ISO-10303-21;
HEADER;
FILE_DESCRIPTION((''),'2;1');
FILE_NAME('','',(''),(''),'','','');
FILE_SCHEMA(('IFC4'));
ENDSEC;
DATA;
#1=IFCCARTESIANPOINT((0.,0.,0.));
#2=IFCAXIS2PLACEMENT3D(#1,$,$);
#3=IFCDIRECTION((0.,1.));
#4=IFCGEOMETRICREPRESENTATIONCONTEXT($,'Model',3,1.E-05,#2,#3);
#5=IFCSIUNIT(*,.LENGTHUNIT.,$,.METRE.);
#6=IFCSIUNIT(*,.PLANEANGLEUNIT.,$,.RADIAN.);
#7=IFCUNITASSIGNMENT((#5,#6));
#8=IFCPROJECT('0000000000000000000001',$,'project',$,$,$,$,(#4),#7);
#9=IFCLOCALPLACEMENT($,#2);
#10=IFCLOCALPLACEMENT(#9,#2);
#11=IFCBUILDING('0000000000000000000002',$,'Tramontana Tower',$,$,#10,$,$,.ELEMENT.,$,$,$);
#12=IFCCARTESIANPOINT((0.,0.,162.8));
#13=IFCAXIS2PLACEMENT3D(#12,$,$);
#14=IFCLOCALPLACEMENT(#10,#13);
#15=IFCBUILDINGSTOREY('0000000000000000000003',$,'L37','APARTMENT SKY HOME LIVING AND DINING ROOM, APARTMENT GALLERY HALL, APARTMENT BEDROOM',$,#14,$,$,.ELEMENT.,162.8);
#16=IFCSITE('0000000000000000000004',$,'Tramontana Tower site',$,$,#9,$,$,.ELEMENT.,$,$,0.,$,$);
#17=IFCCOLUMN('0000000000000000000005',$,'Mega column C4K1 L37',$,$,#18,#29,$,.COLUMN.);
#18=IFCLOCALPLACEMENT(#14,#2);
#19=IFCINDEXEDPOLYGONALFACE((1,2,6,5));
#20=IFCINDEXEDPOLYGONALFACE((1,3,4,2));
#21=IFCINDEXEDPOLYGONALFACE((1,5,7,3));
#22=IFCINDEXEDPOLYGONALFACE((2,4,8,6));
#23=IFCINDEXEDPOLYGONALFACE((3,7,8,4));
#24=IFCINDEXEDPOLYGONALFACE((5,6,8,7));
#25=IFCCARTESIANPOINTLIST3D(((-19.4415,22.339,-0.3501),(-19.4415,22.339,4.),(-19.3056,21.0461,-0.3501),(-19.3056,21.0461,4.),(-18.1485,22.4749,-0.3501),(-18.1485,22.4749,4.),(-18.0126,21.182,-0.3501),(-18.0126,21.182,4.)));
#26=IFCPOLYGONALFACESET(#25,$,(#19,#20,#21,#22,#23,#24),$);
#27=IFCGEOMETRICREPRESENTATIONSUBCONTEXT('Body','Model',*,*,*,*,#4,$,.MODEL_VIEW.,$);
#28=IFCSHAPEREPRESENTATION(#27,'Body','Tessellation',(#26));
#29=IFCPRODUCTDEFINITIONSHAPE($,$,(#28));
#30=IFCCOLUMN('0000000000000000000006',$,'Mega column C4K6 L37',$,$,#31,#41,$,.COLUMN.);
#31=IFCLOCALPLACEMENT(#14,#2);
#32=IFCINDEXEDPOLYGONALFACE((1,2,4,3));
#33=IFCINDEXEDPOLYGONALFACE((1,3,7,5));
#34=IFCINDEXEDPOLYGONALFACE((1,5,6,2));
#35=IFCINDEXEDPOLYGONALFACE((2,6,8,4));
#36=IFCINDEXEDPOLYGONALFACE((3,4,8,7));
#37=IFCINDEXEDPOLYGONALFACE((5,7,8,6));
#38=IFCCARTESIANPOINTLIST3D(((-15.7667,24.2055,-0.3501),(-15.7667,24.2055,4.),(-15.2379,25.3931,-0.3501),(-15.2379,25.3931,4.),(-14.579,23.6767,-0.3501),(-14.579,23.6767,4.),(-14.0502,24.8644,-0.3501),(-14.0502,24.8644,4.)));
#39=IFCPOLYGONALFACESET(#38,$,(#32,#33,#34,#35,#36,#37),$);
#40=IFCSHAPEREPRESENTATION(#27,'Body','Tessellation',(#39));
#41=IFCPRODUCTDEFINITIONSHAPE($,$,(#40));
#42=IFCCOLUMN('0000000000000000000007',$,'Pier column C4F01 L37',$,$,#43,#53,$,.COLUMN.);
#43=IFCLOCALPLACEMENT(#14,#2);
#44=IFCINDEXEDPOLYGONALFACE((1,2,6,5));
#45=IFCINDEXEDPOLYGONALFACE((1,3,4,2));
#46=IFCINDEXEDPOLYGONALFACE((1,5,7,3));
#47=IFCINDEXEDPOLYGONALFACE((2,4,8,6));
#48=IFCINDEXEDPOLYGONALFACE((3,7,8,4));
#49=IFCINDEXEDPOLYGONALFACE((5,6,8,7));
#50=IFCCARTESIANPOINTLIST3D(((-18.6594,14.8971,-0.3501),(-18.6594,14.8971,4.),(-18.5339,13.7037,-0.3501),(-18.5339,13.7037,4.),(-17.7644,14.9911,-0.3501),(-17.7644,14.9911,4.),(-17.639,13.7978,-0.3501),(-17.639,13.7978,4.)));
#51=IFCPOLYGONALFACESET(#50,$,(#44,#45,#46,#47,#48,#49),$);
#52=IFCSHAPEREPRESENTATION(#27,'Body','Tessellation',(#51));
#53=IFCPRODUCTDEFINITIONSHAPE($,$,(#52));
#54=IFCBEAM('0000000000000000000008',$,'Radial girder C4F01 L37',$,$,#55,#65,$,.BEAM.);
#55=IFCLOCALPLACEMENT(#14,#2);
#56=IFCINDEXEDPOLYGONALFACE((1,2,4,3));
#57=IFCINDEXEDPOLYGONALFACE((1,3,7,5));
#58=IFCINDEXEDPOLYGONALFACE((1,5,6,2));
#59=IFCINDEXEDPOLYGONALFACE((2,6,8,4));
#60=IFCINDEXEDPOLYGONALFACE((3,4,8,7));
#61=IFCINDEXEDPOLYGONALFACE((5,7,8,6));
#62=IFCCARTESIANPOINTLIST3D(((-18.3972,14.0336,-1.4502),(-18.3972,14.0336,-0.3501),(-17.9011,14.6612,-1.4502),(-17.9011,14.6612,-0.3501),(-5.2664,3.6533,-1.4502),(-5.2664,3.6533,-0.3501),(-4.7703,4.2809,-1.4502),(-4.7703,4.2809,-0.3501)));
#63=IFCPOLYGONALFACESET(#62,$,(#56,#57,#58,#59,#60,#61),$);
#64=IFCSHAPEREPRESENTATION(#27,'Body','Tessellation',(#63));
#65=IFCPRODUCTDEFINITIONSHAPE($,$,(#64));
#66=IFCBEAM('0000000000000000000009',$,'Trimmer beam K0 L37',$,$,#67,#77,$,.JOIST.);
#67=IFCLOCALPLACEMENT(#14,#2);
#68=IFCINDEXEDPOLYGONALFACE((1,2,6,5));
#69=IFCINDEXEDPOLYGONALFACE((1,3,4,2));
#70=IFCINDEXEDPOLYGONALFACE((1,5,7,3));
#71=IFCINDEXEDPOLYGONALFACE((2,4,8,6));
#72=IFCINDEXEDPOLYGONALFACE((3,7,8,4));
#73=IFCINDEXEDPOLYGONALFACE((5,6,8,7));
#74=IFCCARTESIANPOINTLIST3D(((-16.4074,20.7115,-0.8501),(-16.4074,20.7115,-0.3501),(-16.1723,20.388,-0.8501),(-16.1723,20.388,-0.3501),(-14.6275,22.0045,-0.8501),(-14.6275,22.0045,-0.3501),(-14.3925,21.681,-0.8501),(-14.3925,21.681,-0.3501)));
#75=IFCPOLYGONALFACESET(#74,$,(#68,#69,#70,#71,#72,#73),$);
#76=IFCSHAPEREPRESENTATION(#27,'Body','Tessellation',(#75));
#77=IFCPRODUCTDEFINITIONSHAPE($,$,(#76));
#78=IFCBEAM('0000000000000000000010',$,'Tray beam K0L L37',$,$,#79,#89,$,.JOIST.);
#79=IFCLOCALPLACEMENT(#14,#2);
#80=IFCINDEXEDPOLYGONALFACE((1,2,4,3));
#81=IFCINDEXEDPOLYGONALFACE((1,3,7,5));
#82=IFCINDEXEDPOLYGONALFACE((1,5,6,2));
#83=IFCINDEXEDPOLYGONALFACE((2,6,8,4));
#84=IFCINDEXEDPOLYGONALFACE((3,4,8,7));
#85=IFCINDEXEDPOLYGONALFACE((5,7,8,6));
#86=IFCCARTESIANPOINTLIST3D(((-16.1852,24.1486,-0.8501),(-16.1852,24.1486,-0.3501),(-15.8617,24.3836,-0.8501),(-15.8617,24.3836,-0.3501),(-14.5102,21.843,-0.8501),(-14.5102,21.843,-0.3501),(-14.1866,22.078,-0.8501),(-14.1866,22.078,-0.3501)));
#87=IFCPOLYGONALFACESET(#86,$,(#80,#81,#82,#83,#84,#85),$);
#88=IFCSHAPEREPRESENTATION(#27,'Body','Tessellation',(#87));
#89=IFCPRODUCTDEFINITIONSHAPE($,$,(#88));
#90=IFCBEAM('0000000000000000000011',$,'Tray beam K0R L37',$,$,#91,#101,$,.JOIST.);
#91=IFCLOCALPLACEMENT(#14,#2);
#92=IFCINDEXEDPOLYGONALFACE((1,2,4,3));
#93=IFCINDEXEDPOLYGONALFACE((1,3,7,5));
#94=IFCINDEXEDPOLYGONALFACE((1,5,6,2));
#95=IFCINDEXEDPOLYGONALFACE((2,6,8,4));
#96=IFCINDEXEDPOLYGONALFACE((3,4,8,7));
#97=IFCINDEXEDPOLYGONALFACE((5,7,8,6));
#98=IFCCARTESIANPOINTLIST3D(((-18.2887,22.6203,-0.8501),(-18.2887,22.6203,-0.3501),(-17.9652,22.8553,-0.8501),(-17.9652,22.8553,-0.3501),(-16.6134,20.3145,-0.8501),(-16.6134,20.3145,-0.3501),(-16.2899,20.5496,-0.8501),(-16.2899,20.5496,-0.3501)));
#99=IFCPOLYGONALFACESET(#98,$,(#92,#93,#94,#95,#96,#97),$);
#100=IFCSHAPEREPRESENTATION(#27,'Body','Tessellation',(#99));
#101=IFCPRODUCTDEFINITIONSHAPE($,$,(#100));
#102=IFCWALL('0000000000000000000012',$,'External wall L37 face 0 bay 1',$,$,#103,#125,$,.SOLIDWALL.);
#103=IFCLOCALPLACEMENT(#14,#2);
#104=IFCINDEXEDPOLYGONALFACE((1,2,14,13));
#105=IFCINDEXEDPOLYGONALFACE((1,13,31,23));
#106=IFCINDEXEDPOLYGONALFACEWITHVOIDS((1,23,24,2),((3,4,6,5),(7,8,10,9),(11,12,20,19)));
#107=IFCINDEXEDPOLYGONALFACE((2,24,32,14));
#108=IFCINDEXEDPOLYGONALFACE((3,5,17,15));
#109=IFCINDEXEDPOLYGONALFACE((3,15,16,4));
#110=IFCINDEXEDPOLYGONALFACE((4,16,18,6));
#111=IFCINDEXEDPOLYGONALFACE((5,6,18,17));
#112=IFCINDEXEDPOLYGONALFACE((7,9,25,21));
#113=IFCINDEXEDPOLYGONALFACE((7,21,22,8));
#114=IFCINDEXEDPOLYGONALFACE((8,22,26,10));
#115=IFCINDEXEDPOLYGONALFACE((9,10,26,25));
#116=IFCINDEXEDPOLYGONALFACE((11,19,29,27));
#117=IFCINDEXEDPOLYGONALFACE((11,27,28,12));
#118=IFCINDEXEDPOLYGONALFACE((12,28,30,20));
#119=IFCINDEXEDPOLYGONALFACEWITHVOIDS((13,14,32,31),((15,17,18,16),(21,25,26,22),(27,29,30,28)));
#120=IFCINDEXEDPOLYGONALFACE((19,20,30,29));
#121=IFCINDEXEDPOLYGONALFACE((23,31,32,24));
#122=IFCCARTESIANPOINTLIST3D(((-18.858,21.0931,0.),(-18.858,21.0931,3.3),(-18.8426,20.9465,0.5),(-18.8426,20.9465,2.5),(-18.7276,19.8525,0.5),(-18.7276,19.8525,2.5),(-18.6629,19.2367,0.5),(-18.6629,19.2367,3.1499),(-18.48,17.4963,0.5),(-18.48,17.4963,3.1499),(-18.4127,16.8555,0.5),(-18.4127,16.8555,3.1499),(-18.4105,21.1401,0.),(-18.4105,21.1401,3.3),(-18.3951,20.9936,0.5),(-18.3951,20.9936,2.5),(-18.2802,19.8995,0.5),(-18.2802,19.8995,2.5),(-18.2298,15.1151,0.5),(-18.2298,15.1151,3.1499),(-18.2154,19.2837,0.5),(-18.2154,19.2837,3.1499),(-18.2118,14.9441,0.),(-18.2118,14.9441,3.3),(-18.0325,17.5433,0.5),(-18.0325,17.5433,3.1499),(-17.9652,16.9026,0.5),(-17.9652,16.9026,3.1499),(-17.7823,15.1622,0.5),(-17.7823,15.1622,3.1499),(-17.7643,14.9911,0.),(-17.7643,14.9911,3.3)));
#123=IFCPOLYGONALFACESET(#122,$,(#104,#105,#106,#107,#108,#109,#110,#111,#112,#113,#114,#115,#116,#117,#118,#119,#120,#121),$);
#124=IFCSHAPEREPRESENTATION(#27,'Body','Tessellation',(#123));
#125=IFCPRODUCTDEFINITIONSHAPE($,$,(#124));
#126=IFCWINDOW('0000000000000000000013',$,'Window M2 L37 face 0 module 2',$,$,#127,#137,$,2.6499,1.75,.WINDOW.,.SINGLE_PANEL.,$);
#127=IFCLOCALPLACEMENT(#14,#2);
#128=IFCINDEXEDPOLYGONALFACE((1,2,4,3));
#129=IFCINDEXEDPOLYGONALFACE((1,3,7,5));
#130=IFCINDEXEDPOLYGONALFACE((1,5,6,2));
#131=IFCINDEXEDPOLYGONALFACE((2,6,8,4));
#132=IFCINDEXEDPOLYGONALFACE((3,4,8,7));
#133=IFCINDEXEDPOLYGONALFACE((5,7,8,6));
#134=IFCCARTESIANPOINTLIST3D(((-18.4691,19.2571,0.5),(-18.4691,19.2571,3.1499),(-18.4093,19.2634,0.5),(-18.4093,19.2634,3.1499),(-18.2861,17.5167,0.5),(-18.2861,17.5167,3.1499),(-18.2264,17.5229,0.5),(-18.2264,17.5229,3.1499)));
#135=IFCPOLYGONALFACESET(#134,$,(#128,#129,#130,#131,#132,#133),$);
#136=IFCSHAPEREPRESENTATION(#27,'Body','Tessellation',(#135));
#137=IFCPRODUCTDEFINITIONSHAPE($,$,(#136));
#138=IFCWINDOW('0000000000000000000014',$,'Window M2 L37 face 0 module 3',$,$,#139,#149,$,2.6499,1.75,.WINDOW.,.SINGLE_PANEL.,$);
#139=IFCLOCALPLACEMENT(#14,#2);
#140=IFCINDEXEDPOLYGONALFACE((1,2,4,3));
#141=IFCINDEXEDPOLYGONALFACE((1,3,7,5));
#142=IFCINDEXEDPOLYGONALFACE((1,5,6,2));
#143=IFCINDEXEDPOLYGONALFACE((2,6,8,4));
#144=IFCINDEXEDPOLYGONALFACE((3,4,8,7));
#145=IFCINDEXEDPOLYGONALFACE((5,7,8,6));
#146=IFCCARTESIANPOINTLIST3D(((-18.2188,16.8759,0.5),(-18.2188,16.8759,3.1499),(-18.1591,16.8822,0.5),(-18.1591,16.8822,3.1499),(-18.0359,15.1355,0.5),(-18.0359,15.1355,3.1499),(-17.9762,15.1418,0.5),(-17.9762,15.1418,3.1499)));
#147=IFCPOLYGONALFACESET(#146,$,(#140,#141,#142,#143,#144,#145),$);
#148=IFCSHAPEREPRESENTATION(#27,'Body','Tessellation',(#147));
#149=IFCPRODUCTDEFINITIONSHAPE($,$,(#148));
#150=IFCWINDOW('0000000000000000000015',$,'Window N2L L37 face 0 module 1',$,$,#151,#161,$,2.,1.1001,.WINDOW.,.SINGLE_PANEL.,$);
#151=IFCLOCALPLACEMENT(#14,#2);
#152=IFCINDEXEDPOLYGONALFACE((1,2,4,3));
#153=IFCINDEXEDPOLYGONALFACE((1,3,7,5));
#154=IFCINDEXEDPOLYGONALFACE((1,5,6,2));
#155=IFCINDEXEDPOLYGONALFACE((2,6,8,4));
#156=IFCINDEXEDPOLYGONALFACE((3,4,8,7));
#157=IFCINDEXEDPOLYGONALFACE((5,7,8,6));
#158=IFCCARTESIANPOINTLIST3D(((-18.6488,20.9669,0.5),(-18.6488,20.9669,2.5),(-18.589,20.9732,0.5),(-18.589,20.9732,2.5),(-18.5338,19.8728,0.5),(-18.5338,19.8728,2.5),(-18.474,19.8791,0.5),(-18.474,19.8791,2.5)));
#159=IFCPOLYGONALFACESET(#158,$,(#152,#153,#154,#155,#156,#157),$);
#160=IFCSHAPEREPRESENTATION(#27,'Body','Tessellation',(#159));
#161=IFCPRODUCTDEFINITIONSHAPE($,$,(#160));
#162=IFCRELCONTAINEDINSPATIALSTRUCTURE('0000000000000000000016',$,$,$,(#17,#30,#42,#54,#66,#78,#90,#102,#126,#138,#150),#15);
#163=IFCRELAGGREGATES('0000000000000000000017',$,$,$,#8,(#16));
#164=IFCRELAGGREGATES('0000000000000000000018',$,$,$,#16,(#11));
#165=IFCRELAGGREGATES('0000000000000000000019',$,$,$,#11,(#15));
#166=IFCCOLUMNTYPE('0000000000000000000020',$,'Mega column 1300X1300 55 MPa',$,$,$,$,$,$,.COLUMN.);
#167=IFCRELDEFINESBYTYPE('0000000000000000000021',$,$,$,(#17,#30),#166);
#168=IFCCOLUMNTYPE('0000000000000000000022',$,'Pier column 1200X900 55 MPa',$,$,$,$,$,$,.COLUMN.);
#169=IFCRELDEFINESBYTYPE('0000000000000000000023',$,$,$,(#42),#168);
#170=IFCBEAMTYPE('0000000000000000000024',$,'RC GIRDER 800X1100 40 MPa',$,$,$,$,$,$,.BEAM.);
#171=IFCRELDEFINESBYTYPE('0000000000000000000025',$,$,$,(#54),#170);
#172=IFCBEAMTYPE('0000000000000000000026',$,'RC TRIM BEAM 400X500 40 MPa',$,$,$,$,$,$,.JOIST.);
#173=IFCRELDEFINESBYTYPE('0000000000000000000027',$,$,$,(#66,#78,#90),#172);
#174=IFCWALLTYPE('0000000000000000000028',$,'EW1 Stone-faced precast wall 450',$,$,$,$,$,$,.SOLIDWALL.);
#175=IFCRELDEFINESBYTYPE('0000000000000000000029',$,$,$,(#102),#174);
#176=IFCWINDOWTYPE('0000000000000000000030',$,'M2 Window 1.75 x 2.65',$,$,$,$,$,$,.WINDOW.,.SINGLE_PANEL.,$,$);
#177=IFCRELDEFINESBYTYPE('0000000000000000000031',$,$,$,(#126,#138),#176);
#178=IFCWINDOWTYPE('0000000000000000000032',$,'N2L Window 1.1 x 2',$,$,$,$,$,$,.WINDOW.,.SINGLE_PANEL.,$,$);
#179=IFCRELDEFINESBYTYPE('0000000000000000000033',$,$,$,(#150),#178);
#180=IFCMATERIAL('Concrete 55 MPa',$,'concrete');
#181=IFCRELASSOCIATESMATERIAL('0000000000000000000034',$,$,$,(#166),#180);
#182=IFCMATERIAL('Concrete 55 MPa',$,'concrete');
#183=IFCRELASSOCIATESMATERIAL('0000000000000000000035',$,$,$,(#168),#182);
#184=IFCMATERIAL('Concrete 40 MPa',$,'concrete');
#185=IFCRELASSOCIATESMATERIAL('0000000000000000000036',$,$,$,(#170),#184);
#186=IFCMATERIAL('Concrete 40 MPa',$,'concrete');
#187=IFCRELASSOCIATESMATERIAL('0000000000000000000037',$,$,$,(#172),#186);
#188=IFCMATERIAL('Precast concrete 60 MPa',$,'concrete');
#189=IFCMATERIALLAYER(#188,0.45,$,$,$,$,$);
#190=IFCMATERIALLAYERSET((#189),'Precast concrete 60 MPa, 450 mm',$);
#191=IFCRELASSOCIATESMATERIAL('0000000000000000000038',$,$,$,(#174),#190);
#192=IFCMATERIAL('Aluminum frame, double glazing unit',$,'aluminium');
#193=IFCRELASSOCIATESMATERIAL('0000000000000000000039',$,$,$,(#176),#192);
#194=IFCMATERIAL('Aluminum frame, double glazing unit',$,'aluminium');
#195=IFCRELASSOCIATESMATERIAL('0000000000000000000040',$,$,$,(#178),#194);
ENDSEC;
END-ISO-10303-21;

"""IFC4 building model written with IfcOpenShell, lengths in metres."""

from ifc_helpers import new_model, si_unit, direction, frame, frame_2d, origin, origin_2d, place, context, subcontext, project, spatial, rectangle, extrude, material, layer, layer_set, material_profile, profile_set, type_object, element, fill, save


model = new_model("IFC4")

# Units and contexts
model_context = context("Model", 3, precision=1e-05, world=origin(), true_north=direction((0.0, 1.0)))
body_context = subcontext(model_context, "Body", "Model", "MODEL_VIEW")
ifc_project = project(units=[si_unit("LENGTHUNIT", "METRE"), si_unit("PLANEANGLEUNIT", "RADIAN")], contexts=[model_context])

# Site, building, storey
site_placement = place(None, origin())
site = spatial("IfcSite", under=ifc_project, at=site_placement, Name="Tramontana Tower site", CompositionType="ELEMENT", RefElevation=0.0)
building_placement = place(site_placement, origin())
building = spatial("IfcBuilding", under=site, at=building_placement, Name="Tramontana Tower", CompositionType="ELEMENT")
storey_placement = place(building_placement, frame((0.0, 0.0, 162.8)))
storey = spatial("IfcBuildingStorey", under=building, at=storey_placement, Name="L37", Description="APARTMENT SKY HOME LIVING AND DINING ROOM, APARTMENT GALLERY HALL, APARTMENT BEDROOM", CompositionType="ELEMENT", Elevation=162.8)

# Columns
ifc_material_1 = material(Name="Concrete 55 MPa", Category="concrete")
ifc_material_profile_1 = material_profile(ifc_material_1, rectangle(XDim=1.3, YDim=1.3, at=origin_2d()), Name="Mega column 1300X1300 55 MPa")
ifc_profile_set_1 = profile_set([ifc_material_profile_1], Name="Concrete 55 MPa")
column_type_1 = type_object("IfcColumnType", Name="Mega column 1300X1300 55 MPa", PredefinedType="COLUMN", material=ifc_profile_set_1)
for number, where, z_axis, x_axis, name in (
    (1, (-18.7271, 21.7605, -0.3501), (0.0, 0.0, 1.0), (0.104528, -0.994522, 0.0), "Mega column C4K1 L37"),
    (2, (-14.9084, 24.5349, -0.3501), (0.0, 0.0, 1.0), (-0.913545, 0.406737, 0.0), "Mega column C4K6 L37"),
):
    element("IfcColumn", number, at=place(storey_placement, frame(where, z_axis=z_axis, x_axis=x_axis)), inside=storey, type_object=column_type_1, Name=name, PredefinedType="COLUMN", context=body_context, shape_type="SweptSolid", body=[
        extrude(rectangle(XDim=1.3, YDim=1.3, at=origin_2d()), origin(), (0.0, 0.0, 1.0), 4.3501),
    ])
ifc_material_2 = material(Name="Concrete 55 MPa", Category="concrete")
ifc_material_profile_2 = material_profile(ifc_material_2, rectangle(XDim=1.2, YDim=0.8999, at=origin_2d()), Name="Pier column 1200X900 55 MPa")
ifc_profile_set_2 = profile_set([ifc_material_profile_2], Name="Concrete 55 MPa")
column_type_2 = type_object("IfcColumnType", Name="Pier column 1200X900 55 MPa", PredefinedType="COLUMN", material=ifc_profile_set_2)
column_placement = place(storey_placement, frame((-18.1492, 14.3474, -0.3501), z_axis=(0.0, 0.0, 1.0), x_axis=(0.104528, -0.994522, 0.0)))
element("IfcColumn", 3, at=column_placement, inside=storey, type_object=column_type_2, Name="Pier column C4F01 L37", PredefinedType="COLUMN", context=body_context, shape_type="SweptSolid", body=[
    extrude(rectangle(XDim=1.2, YDim=0.8999, at=origin_2d()), origin(), (0.0, 0.0, 1.0), 4.3501),
])

# Beams
ifc_material_3 = material(Name="Concrete 40 MPa", Category="concrete")
ifc_material_profile_3 = material_profile(ifc_material_3, rectangle(XDim=0.8, YDim=1.1001, at=origin_2d()), Name="RC GIRDER 800X1100 40 MPa")
ifc_profile_set_3 = profile_set([ifc_material_profile_3], Name="Concrete 40 MPa")
beam_type_1 = type_object("IfcBeamType", Name="RC GIRDER 800X1100 40 MPa", PredefinedType="BEAM", material=ifc_profile_set_3)
beam_1_placement = place(storey_placement, frame((-18.1492, 14.3474, -0.9001), z_axis=(0.784479, -0.620156, 0.0), x_axis=(0.620156, 0.784479, 0.0)))
element("IfcBeam", 4, at=beam_1_placement, inside=storey, type_object=beam_type_1, Name="Radial girder C4F01 L37", PredefinedType="BEAM", context=body_context, shape_type="SweptSolid", body=[
    extrude(rectangle(XDim=0.8, YDim=1.1001, at=origin_2d()), origin(), (0.0, 0.0, 1.0), 16.7383),
])
ifc_material_4 = material(Name="Concrete 40 MPa", Category="concrete")
ifc_material_profile_4 = material_profile(ifc_material_4, rectangle(XDim=0.3999, YDim=0.5, at=origin_2d()), Name="RC TRIM BEAM 400X500 40 MPa")
ifc_profile_set_4 = profile_set([ifc_material_profile_4], Name="Concrete 40 MPa")
beam_type_2 = type_object("IfcBeamType", Name="RC TRIM BEAM 400X500 40 MPa", PredefinedType="JOIST", material=ifc_profile_set_4)
beam_2_placement = place(storey_placement, frame((-14.51, 21.8428, -0.6001), z_axis=(-0.809043, -0.587749, 0.0), x_axis=(0.587749, -0.809043, 0.0)))
element("IfcBeam", 5, at=beam_2_placement, inside=storey, type_object=beam_type_2, Name="Trimmer beam K0 L37", PredefinedType="JOIST", context=body_context, shape_type="SweptSolid", body=[
    extrude(rectangle(XDim=0.3999, YDim=0.5, at=origin_2d()), origin(), (0.0, 0.0, 1.0), 2.2),
])
beam_3_placement = place(storey_placement, frame((-16.0234, 24.2661, -0.6001), z_axis=(0.587759, -0.809036, 0.0), x_axis=(0.809036, 0.587759, 0.0)))
element("IfcBeam", 6, at=beam_3_placement, inside=storey, type_object=beam_type_2, Name="Tray beam K0L L37", PredefinedType="JOIST", context=body_context, shape_type="SweptSolid", body=[
    extrude(rectangle(XDim=0.3999, YDim=0.5, at=origin_2d()), origin(), (0.0, 0.0, 1.0), 2.8499),
])
beam_4_placement = place(storey_placement, frame((-18.127, 22.7378, -0.6001), z_axis=(0.587815, -0.808995, 0.0), x_axis=(0.808995, 0.587815, 0.0)))
element("IfcBeam", 7, at=beam_4_placement, inside=storey, type_object=beam_type_2, Name="Tray beam K0R L37", PredefinedType="JOIST", context=body_context, shape_type="SweptSolid", body=[
    extrude(rectangle(XDim=0.3999, YDim=0.5, at=origin_2d()), origin(), (0.0, 0.0, 1.0), 2.8501),
])

# Wall, openings, windows
ifc_material_5 = material(Name="Precast concrete 60 MPa", Category="concrete")
ifc_layer_1 = layer(ifc_material_5, 0.45)
ifc_layer_set_1 = layer_set([ifc_layer_1], Name="Precast concrete 60 MPa, 450 mm")
wall_type_1 = type_object("IfcWallType", Name="EW1 Stone-faced precast wall 450", PredefinedType="SOLIDWALL", material=ifc_layer_set_1)
wall_1_placement = place(storey_placement, frame((-18.6343, 21.1165, 0.0), z_axis=(0.0, 0.0, 1.0), x_axis=(0.104522, -0.994523, 0.0)))
wall_1 = element("IfcWall", 8, at=wall_1_placement, inside=storey, type_object=wall_type_1, Name="External wall L37 face 0 bay 1", PredefinedType="SOLIDWALL", context=body_context, shape_type="SweptSolid", body=[
    extrude(rectangle(XDim=6.1829, YDim=0.45, at=frame_2d((3.0913, 0.0))), origin(), (0.0, 0.0, 1.0), 3.3),
])
opening_1_placement = place(wall_1_placement, frame((0.1472, 0.0, 0.5)))
opening_1 = element("IfcOpeningElement", 9, at=opening_1_placement, cuts=wall_1, PredefinedType="OPENING", context=body_context, shape_type="SweptSolid", body=[
    extrude(rectangle(XDim=1.1001, YDim=2.0, at=frame_2d((0.55, 1.0))), frame((0.0, 0.2349, 0.0), z_axis=(0.0, -1.0, 0.0), x_axis=(1.0, 0.0, 0.0)), (0.0, 0.0, 1.0), 0.47),
])
opening_2_placement = place(wall_1_placement, frame((1.8665, 0.0, 0.5)))
opening_2 = element("IfcOpeningElement", 10, at=opening_2_placement, cuts=wall_1, PredefinedType="OPENING", context=body_context, shape_type="SweptSolid", body=[
    extrude(rectangle(XDim=1.75, YDim=2.6499, at=frame_2d((0.875, 1.325))), frame((0.0, 0.2349, 0.0), z_axis=(0.0, -1.0, 0.0), x_axis=(1.0, 0.0, 0.0)), (0.0, 0.0, 1.0), 0.47),
])
opening_3_placement = place(wall_1_placement, frame((4.2607, 0.0, 0.5)))
opening_3 = element("IfcOpeningElement", 11, at=opening_3_placement, cuts=wall_1, PredefinedType="OPENING", context=body_context, shape_type="SweptSolid", body=[
    extrude(rectangle(XDim=1.75, YDim=2.6499, at=frame_2d((0.875, 1.325))), frame((0.0, 0.2349, 0.0), z_axis=(0.0, -1.0, 0.0), x_axis=(1.0, 0.0, 0.0)), (0.0, 0.0, 1.0), 0.47),
])
ifc_material_6 = material(Name="Aluminum frame, double glazing unit", Category="aluminium")
window_type_1 = type_object("IfcWindowType", Name="M2 Window 1.75 x 2.65", PartitioningType="SINGLE_PANEL", PredefinedType="WINDOW", material=ifc_material_6)
window_1_placement = place(opening_2_placement, origin())
window_1 = element("IfcWindow", 12, at=window_1_placement, inside=storey, type_object=window_type_1, Name="Window M2 L37 face 0 module 2", OverallHeight=2.6499, OverallWidth=1.75, PartitioningType="SINGLE_PANEL", PredefinedType="WINDOW", context=body_context, shape_type="SweptSolid", body=[
    extrude(rectangle(XDim=1.75, YDim=2.6499, at=frame_2d((0.875, 1.325))), frame((0.0, 0.03, 0.0), z_axis=(0.0, -1.0, 0.0), x_axis=(1.0, 0.0, 0.0)), (0.0, 0.0, 1.0), 0.0601),
])
fill(opening_2, window_1)
window_2_placement = place(opening_3_placement, origin())
window_2 = element("IfcWindow", 13, at=window_2_placement, inside=storey, type_object=window_type_1, Name="Window M2 L37 face 0 module 3", OverallHeight=2.6499, OverallWidth=1.75, PartitioningType="SINGLE_PANEL", PredefinedType="WINDOW", context=body_context, shape_type="SweptSolid", body=[
    extrude(rectangle(XDim=1.75, YDim=2.6499, at=frame_2d((0.875, 1.325))), frame((0.0, 0.03, 0.0), z_axis=(0.0, -1.0, 0.0), x_axis=(1.0, 0.0, 0.0)), (0.0, 0.0, 1.0), 0.0601),
])
fill(opening_3, window_2)
ifc_material_7 = material(Name="Aluminum frame, double glazing unit", Category="aluminium")
window_type_2 = type_object("IfcWindowType", Name="N2L Window 1.1 x 2", PartitioningType="SINGLE_PANEL", PredefinedType="WINDOW", material=ifc_material_7)
window_3_placement = place(opening_1_placement, origin())
window_3 = element("IfcWindow", 14, at=window_3_placement, inside=storey, type_object=window_type_2, Name="Window N2L L37 face 0 module 1", OverallHeight=2.0, OverallWidth=1.1001, PartitioningType="SINGLE_PANEL", PredefinedType="WINDOW", context=body_context, shape_type="SweptSolid", body=[
    extrude(rectangle(XDim=1.1001, YDim=2.0, at=frame_2d((0.55, 1.0))), frame((0.0, 0.03, 0.0), z_axis=(0.0, -1.0, 0.0), x_axis=(1.0, 0.0, 0.0)), (0.0, 0.0, 1.0), 0.0601),
])
fill(opening_1, window_3)

save(model, "model.ifc")
